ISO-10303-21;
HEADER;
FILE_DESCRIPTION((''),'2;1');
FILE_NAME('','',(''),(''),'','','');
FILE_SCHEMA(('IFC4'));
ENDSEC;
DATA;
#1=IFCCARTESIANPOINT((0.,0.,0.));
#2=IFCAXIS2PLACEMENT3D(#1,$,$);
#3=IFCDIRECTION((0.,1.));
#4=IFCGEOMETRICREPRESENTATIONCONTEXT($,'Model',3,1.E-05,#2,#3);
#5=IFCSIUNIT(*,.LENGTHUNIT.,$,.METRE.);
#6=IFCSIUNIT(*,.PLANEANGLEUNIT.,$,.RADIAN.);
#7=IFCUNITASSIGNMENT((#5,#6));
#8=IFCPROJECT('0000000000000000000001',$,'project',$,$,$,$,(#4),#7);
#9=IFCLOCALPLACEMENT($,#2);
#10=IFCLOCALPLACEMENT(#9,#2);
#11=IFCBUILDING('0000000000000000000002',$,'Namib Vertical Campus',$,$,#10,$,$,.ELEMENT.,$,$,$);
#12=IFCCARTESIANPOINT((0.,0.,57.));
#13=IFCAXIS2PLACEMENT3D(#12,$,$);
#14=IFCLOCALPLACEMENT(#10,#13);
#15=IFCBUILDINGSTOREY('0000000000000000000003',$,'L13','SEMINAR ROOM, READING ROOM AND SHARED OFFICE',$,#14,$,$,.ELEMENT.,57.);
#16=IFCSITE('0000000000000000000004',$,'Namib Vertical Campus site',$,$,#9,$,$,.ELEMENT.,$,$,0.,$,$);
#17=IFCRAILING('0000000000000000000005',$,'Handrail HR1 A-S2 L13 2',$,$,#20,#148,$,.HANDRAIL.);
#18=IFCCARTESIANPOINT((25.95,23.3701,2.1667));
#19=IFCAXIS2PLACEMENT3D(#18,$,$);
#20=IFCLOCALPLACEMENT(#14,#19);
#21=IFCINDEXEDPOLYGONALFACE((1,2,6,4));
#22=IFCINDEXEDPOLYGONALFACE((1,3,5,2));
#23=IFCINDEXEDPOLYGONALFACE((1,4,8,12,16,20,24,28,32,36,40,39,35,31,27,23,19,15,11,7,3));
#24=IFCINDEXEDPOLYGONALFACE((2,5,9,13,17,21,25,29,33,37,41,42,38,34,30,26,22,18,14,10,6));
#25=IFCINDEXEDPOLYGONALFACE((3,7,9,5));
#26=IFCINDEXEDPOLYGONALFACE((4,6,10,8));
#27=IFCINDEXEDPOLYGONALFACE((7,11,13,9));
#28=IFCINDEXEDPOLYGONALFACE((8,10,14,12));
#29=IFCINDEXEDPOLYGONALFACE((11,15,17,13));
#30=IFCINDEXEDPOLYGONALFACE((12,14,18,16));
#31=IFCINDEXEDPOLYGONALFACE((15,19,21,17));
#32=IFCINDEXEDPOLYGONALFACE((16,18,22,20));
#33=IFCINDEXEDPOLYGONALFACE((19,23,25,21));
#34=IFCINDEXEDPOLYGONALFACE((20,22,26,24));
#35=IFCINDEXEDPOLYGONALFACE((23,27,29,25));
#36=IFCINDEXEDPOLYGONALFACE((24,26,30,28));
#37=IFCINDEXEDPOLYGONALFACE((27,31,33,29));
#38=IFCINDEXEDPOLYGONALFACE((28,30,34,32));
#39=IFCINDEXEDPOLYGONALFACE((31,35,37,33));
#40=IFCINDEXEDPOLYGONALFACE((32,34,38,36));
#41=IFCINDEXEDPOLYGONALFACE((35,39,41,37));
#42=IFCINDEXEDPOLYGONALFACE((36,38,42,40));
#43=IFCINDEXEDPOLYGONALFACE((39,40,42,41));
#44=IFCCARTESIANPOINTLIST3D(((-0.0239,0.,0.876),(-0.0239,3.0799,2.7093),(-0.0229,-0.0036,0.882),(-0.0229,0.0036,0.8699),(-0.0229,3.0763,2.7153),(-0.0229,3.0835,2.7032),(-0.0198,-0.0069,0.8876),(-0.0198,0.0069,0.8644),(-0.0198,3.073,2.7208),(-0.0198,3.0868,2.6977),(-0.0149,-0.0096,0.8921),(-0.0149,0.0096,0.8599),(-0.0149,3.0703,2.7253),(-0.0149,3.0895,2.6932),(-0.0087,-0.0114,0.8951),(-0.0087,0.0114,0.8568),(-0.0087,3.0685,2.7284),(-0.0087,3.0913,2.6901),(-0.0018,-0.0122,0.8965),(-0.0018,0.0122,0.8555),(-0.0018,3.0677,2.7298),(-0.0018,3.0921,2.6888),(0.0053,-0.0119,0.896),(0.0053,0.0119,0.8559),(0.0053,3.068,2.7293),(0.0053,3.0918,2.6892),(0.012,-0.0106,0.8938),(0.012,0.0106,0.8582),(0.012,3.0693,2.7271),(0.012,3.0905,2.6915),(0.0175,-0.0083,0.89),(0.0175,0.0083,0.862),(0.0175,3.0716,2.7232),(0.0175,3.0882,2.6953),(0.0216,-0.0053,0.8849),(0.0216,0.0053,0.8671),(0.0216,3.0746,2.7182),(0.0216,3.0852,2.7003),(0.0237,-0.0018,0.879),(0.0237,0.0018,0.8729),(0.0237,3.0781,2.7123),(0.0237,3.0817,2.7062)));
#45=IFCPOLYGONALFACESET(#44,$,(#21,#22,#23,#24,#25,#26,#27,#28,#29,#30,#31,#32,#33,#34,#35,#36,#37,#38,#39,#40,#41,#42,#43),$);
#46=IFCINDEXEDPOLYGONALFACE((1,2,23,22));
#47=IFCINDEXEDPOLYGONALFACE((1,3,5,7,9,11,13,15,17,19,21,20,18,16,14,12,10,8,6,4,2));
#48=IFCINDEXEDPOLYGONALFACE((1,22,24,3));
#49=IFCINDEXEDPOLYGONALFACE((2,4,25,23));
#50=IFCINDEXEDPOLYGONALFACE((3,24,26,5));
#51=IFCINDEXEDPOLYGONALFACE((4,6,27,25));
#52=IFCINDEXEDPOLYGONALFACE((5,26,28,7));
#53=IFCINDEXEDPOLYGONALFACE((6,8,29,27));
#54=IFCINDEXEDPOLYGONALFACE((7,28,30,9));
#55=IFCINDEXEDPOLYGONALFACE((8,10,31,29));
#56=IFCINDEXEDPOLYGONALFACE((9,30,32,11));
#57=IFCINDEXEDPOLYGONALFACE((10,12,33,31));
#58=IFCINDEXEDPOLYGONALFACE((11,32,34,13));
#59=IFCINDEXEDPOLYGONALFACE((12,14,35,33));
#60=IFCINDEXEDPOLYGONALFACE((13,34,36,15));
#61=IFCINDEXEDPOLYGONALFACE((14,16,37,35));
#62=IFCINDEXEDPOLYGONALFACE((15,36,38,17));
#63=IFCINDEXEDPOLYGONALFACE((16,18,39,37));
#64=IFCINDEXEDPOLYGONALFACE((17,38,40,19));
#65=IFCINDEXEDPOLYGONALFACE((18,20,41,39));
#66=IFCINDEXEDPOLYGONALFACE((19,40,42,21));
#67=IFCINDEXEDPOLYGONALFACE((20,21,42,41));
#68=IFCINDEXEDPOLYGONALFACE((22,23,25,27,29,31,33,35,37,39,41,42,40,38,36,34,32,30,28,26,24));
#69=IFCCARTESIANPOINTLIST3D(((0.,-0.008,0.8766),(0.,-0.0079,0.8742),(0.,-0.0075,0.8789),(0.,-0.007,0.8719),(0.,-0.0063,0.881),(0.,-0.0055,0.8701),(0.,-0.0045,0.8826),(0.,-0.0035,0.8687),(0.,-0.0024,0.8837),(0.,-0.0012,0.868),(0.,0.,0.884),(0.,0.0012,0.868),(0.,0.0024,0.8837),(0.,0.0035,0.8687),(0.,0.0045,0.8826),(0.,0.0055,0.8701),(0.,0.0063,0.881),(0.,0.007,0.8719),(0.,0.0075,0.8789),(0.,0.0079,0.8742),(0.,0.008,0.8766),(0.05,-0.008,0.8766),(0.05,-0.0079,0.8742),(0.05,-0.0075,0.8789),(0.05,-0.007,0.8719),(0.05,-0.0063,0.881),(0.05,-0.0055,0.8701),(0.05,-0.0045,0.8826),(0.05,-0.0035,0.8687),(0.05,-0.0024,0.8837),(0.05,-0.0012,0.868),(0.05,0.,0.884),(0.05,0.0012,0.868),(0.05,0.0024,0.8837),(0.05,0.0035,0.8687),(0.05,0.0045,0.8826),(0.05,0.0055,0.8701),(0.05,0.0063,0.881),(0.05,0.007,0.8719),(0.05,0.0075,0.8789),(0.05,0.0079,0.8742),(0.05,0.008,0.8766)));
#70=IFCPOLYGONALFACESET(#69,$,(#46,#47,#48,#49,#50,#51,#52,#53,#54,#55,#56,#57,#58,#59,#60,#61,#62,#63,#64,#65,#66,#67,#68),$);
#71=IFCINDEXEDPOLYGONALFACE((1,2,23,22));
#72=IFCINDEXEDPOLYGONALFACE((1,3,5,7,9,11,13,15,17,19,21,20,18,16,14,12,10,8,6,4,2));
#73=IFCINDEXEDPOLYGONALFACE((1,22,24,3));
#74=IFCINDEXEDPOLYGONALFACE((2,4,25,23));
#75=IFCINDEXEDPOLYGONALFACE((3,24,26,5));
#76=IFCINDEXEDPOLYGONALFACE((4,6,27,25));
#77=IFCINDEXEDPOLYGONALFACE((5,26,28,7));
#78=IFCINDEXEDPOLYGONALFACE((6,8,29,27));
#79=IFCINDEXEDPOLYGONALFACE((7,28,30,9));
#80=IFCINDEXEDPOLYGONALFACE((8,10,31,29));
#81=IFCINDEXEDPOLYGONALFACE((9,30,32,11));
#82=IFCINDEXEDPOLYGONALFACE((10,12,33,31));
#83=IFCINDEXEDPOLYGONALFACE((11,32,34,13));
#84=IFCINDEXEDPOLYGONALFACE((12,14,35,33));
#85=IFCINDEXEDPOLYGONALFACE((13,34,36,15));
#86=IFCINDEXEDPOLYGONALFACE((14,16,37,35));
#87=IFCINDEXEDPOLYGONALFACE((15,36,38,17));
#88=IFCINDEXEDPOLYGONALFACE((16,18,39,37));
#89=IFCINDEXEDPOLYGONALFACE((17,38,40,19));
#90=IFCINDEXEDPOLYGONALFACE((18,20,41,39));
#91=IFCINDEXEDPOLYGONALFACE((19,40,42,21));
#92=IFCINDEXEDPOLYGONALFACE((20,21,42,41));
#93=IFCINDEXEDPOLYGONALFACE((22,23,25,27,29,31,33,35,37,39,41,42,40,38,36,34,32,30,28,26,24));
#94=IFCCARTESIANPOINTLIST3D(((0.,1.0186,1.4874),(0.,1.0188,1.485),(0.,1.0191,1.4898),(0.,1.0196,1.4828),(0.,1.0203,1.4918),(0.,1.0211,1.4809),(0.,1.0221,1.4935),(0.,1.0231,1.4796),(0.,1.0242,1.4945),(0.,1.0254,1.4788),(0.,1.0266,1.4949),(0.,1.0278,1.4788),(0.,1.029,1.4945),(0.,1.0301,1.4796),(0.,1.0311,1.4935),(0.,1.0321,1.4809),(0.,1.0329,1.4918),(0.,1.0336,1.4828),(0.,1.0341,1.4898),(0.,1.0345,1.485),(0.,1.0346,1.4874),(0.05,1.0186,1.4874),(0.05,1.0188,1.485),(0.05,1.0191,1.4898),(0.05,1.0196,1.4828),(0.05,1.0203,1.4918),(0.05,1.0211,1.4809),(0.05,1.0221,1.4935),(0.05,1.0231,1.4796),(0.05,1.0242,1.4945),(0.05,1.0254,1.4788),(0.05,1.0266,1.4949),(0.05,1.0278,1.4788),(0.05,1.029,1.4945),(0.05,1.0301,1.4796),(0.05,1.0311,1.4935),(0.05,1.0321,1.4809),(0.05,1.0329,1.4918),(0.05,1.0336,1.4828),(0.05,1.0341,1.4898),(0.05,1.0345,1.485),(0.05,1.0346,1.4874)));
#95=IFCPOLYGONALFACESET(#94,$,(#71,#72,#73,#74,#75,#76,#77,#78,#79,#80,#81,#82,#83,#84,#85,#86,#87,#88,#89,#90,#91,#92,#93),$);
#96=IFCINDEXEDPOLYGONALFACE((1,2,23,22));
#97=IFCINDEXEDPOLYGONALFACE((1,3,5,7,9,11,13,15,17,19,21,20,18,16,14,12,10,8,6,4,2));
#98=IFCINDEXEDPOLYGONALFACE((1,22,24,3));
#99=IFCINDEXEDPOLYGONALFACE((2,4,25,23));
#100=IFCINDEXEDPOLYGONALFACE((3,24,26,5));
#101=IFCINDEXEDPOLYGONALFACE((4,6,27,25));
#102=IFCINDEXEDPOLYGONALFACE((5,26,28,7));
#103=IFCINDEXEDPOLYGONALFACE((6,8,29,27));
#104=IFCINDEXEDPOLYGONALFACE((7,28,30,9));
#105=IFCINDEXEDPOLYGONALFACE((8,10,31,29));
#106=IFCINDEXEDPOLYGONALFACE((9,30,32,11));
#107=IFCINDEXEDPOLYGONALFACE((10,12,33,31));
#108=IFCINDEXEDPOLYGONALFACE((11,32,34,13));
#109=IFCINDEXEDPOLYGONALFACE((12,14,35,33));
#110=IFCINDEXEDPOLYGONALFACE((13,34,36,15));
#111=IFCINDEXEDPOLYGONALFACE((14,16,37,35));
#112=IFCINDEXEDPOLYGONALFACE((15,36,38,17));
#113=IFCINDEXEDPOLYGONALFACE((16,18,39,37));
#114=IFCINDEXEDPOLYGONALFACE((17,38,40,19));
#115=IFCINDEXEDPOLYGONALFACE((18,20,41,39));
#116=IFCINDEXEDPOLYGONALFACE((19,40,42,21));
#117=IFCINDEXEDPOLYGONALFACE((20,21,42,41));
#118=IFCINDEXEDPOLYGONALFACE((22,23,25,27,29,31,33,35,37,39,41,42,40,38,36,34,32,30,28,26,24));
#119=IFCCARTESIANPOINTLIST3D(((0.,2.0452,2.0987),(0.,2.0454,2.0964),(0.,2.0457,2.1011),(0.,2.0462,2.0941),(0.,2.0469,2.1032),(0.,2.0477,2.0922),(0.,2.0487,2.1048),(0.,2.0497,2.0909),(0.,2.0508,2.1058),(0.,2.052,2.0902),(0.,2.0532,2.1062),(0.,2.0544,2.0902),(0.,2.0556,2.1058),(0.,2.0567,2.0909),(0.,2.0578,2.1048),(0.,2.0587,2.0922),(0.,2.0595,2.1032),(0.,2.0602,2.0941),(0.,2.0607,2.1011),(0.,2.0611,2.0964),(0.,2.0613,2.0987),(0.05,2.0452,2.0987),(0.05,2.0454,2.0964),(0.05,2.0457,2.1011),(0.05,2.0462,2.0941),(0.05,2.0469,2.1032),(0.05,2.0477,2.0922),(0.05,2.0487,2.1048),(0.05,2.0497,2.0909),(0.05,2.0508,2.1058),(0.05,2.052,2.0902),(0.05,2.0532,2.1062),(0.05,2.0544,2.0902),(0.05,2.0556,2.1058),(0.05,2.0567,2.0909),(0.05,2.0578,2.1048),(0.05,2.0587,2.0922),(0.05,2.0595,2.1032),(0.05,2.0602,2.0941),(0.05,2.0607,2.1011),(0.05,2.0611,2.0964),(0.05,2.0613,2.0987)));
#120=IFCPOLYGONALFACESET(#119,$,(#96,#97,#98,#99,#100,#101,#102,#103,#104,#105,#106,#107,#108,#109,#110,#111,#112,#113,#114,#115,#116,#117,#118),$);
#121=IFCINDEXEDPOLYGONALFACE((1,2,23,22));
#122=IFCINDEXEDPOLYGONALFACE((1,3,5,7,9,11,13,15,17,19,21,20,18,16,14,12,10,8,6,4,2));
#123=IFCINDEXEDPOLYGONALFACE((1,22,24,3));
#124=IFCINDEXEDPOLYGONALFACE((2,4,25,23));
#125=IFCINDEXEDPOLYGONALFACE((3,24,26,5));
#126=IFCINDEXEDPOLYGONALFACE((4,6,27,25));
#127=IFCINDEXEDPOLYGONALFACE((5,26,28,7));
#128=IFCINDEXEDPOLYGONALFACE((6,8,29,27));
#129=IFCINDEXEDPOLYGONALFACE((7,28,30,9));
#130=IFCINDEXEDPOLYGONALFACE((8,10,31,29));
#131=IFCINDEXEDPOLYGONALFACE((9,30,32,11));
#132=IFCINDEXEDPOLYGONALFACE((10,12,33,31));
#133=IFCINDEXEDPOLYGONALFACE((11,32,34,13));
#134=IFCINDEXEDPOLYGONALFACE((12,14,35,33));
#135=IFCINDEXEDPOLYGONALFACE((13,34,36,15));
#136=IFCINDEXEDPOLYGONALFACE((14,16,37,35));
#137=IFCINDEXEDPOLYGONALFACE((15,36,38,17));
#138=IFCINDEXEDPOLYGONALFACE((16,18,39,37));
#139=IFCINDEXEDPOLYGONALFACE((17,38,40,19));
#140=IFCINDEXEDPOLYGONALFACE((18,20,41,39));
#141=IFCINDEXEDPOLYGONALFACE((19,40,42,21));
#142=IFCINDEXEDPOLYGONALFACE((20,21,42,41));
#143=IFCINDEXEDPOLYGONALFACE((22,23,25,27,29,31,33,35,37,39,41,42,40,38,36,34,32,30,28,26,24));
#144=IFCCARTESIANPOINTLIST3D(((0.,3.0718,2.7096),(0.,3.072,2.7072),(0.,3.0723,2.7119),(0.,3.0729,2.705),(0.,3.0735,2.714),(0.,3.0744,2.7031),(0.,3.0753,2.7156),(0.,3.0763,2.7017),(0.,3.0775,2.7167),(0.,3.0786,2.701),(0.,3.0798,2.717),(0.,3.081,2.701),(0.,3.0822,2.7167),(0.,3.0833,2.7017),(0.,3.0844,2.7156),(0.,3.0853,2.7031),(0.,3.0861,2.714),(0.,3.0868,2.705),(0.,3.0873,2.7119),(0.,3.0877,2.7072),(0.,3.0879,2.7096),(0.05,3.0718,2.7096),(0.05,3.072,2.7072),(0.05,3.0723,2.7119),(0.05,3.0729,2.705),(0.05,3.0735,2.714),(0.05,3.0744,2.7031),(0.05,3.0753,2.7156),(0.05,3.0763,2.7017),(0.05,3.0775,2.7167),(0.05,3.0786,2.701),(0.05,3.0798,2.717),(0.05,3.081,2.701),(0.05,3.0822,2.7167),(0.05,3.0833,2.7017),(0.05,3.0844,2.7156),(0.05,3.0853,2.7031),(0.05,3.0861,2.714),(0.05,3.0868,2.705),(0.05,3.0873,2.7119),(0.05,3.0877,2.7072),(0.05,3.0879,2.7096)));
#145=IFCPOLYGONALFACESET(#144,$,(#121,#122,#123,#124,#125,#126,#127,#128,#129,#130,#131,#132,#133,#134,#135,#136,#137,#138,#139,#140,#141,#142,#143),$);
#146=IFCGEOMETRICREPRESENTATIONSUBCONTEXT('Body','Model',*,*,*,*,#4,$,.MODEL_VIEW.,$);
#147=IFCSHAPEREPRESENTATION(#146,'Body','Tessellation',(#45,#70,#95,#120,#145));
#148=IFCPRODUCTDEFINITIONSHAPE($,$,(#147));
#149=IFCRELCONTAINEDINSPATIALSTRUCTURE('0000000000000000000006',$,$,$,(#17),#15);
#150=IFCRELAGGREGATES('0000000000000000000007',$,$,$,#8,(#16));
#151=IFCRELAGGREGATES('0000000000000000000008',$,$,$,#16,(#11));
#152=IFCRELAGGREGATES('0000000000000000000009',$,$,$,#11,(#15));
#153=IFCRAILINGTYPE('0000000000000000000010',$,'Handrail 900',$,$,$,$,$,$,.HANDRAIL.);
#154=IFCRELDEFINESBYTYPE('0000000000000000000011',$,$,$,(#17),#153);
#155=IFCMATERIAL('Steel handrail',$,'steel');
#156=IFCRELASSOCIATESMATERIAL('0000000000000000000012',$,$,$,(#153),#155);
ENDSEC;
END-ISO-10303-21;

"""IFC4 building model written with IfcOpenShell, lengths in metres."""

from ifc_helpers import new_model, si_unit, direction, frame, origin, origin_2d, place, context, subcontext, project, spatial, circle, extrude, material, type_object, element, save


model = new_model("IFC4")

# Units and contexts
model_context = context("Model", 3, precision=1e-05, world=origin(), true_north=direction((0.0, 1.0)))
body_context = subcontext(model_context, "Body", "Model", "MODEL_VIEW")
ifc_project = project(units=[si_unit("LENGTHUNIT", "METRE"), si_unit("PLANEANGLEUNIT", "RADIAN")], contexts=[model_context])

# Site, building, storey
site_placement = place(None, origin())
site = spatial("IfcSite", under=ifc_project, at=site_placement, Name="Namib Vertical Campus site", CompositionType="ELEMENT", RefElevation=0.0)
building_placement = place(site_placement, origin())
building = spatial("IfcBuilding", under=site, at=building_placement, Name="Namib Vertical Campus", CompositionType="ELEMENT")
storey_placement = place(building_placement, frame((0.0, 0.0, 57.0)))
storey = spatial("IfcBuildingStorey", under=building, at=storey_placement, Name="L13", Description="SEMINAR ROOM, READING ROOM AND SHARED OFFICE", CompositionType="ELEMENT", Elevation=57.0)

# Railing
ifc_material_1 = material(Name="Steel handrail", Category="steel")
railing_type_1 = type_object("IfcRailingType", Name="Handrail 900", PredefinedType="HANDRAIL", material=ifc_material_1)
railing_1_placement = place(storey_placement, frame((25.95, 23.3701, 2.1667)))
element("IfcRailing", 1, at=railing_1_placement, inside=storey, type_object=railing_type_1, Name="Handrail HR1 A-S2 L13 2", PredefinedType="HANDRAIL", context=body_context, shape_type="SweptSolid", body=[
    extrude(circle(Radius=0.0239, at=origin_2d()), frame((0.0, 0.0, 0.876), z_axis=(0.0, 0.859291, 0.511487), x_axis=(-1.0, 0.0, 0.0)), (0.0, 0.0, 1.0), 3.5842),
    extrude(circle(Radius=0.0081, at=origin_2d()), frame((0.0, 0.0, 0.876), z_axis=(1.0, 0.0, 0.0), x_axis=(0.0, 0.0, 1.0)), (0.0, 0.0, 1.0), 0.05),
    extrude(circle(Radius=0.0081, at=origin_2d()), frame((0.0, 1.0266, 1.4868), z_axis=(1.0, 0.0, 0.0), x_axis=(0.0, 0.0, 1.0)), (0.0, 0.0, 1.0), 0.05),
    extrude(circle(Radius=0.0081, at=origin_2d()), frame((0.0, 2.0532, 2.0981), z_axis=(1.0, 0.0, 0.0), x_axis=(0.0, 0.0, 1.0)), (0.0, 0.0, 1.0), 0.05),
    extrude(circle(Radius=0.0081, at=origin_2d()), frame((0.0, 3.0798, 2.709), z_axis=(1.0, 0.0, 0.0), x_axis=(0.0, 0.0, 1.0)), (0.0, 0.0, 1.0), 0.05),
])

save(model, "model.ifc")
